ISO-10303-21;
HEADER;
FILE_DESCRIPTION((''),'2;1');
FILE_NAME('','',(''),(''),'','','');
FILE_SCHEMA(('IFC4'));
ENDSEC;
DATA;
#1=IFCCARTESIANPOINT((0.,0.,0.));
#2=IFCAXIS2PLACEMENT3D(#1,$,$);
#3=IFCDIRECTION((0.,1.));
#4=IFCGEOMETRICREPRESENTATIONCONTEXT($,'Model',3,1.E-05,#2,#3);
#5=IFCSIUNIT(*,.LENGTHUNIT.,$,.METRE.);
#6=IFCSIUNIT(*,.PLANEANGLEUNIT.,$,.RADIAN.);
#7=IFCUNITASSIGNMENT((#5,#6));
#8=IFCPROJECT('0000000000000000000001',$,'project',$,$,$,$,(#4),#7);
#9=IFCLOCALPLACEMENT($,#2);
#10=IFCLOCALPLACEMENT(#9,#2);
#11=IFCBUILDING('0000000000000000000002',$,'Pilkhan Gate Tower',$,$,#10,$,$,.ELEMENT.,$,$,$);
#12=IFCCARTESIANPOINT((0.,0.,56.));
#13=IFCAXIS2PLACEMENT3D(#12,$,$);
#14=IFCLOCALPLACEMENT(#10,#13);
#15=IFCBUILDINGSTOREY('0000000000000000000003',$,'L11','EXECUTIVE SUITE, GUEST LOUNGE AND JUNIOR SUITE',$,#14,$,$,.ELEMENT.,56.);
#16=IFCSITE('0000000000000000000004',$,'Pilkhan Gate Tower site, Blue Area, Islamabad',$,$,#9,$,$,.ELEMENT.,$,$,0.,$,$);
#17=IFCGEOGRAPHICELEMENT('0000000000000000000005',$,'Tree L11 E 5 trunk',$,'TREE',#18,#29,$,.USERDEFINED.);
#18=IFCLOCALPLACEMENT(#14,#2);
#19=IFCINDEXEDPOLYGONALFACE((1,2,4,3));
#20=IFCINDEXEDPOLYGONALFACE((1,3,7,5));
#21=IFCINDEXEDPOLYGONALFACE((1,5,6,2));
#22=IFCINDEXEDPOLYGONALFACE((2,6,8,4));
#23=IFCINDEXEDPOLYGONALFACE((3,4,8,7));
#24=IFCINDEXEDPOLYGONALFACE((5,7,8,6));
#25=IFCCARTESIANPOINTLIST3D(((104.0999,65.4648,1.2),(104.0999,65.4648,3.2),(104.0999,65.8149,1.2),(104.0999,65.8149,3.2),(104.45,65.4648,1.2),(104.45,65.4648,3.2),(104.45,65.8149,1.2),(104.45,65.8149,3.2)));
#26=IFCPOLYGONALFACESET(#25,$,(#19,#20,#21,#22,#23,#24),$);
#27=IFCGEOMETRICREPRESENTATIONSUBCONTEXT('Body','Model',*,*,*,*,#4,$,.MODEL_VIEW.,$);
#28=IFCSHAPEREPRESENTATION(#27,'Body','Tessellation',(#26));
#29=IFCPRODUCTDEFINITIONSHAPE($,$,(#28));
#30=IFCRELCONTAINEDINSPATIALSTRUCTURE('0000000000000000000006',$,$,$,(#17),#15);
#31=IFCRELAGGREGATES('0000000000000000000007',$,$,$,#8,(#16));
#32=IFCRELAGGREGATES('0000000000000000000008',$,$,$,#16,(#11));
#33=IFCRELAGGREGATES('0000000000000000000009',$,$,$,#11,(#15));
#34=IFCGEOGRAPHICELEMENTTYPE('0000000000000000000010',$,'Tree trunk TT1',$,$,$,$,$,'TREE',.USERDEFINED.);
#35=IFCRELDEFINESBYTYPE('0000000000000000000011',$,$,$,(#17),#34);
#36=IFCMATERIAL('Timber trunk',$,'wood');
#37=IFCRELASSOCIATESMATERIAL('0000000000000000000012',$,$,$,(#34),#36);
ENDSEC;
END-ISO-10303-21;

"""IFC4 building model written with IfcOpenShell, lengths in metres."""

from ifc_helpers import new_model, si_unit, direction, frame, origin, origin_2d, place, context, subcontext, project, spatial, rectangle, extrude, material, type_object, element, save


model = new_model("IFC4")

# Units and contexts
model_context = context("Model", 3, precision=1e-05, world=origin(), true_north=direction((0.0, 1.0)))
body_context = subcontext(model_context, "Body", "Model", "MODEL_VIEW")
ifc_project = project(units=[si_unit("LENGTHUNIT", "METRE"), si_unit("PLANEANGLEUNIT", "RADIAN")], contexts=[model_context])

# Site, building, storey
site_placement = place(None, origin())
site = spatial("IfcSite", under=ifc_project, at=site_placement, Name="Pilkhan Gate Tower site, Blue Area, Islamabad", CompositionType="ELEMENT", RefElevation=0.0)
building_placement = place(site_placement, origin())
building = spatial("IfcBuilding", under=site, at=building_placement, Name="Pilkhan Gate Tower", CompositionType="ELEMENT")
storey_placement = place(building_placement, frame((0.0, 0.0, 56.0)))
storey = spatial("IfcBuildingStorey", under=building, at=storey_placement, Name="L11", Description="EXECUTIVE SUITE, GUEST LOUNGE AND JUNIOR SUITE", CompositionType="ELEMENT", Elevation=56.0)

# Geographic element
ifc_material_1 = material(Name="Timber trunk", Category="wood")
geographic_element_type_1 = type_object("IfcGeographicElementType", Name="Tree trunk TT1", ElementType="TREE", PredefinedType="USERDEFINED", material=ifc_material_1)
for number, where, z_axis, x_axis, name in (
    (1, (104.2749, 65.6399, 1.2), (0.0, 0.0, 1.0), (1.0, 0.0, 0.0), "Tree L11 E 5 trunk"),
):
    element("IfcGeographicElement", number, at=place(storey_placement, frame(where, z_axis=z_axis, x_axis=x_axis)), inside=storey, type_object=geographic_element_type_1, Name=name, ObjectType="TREE", PredefinedType="USERDEFINED", context=body_context, shape_type="SweptSolid", body=[
        extrude(rectangle(XDim=0.3501, YDim=0.3501, at=origin_2d()), origin(), (0.0, 0.0, 1.0), 2.0),
    ])

save(model, "model.ifc")
